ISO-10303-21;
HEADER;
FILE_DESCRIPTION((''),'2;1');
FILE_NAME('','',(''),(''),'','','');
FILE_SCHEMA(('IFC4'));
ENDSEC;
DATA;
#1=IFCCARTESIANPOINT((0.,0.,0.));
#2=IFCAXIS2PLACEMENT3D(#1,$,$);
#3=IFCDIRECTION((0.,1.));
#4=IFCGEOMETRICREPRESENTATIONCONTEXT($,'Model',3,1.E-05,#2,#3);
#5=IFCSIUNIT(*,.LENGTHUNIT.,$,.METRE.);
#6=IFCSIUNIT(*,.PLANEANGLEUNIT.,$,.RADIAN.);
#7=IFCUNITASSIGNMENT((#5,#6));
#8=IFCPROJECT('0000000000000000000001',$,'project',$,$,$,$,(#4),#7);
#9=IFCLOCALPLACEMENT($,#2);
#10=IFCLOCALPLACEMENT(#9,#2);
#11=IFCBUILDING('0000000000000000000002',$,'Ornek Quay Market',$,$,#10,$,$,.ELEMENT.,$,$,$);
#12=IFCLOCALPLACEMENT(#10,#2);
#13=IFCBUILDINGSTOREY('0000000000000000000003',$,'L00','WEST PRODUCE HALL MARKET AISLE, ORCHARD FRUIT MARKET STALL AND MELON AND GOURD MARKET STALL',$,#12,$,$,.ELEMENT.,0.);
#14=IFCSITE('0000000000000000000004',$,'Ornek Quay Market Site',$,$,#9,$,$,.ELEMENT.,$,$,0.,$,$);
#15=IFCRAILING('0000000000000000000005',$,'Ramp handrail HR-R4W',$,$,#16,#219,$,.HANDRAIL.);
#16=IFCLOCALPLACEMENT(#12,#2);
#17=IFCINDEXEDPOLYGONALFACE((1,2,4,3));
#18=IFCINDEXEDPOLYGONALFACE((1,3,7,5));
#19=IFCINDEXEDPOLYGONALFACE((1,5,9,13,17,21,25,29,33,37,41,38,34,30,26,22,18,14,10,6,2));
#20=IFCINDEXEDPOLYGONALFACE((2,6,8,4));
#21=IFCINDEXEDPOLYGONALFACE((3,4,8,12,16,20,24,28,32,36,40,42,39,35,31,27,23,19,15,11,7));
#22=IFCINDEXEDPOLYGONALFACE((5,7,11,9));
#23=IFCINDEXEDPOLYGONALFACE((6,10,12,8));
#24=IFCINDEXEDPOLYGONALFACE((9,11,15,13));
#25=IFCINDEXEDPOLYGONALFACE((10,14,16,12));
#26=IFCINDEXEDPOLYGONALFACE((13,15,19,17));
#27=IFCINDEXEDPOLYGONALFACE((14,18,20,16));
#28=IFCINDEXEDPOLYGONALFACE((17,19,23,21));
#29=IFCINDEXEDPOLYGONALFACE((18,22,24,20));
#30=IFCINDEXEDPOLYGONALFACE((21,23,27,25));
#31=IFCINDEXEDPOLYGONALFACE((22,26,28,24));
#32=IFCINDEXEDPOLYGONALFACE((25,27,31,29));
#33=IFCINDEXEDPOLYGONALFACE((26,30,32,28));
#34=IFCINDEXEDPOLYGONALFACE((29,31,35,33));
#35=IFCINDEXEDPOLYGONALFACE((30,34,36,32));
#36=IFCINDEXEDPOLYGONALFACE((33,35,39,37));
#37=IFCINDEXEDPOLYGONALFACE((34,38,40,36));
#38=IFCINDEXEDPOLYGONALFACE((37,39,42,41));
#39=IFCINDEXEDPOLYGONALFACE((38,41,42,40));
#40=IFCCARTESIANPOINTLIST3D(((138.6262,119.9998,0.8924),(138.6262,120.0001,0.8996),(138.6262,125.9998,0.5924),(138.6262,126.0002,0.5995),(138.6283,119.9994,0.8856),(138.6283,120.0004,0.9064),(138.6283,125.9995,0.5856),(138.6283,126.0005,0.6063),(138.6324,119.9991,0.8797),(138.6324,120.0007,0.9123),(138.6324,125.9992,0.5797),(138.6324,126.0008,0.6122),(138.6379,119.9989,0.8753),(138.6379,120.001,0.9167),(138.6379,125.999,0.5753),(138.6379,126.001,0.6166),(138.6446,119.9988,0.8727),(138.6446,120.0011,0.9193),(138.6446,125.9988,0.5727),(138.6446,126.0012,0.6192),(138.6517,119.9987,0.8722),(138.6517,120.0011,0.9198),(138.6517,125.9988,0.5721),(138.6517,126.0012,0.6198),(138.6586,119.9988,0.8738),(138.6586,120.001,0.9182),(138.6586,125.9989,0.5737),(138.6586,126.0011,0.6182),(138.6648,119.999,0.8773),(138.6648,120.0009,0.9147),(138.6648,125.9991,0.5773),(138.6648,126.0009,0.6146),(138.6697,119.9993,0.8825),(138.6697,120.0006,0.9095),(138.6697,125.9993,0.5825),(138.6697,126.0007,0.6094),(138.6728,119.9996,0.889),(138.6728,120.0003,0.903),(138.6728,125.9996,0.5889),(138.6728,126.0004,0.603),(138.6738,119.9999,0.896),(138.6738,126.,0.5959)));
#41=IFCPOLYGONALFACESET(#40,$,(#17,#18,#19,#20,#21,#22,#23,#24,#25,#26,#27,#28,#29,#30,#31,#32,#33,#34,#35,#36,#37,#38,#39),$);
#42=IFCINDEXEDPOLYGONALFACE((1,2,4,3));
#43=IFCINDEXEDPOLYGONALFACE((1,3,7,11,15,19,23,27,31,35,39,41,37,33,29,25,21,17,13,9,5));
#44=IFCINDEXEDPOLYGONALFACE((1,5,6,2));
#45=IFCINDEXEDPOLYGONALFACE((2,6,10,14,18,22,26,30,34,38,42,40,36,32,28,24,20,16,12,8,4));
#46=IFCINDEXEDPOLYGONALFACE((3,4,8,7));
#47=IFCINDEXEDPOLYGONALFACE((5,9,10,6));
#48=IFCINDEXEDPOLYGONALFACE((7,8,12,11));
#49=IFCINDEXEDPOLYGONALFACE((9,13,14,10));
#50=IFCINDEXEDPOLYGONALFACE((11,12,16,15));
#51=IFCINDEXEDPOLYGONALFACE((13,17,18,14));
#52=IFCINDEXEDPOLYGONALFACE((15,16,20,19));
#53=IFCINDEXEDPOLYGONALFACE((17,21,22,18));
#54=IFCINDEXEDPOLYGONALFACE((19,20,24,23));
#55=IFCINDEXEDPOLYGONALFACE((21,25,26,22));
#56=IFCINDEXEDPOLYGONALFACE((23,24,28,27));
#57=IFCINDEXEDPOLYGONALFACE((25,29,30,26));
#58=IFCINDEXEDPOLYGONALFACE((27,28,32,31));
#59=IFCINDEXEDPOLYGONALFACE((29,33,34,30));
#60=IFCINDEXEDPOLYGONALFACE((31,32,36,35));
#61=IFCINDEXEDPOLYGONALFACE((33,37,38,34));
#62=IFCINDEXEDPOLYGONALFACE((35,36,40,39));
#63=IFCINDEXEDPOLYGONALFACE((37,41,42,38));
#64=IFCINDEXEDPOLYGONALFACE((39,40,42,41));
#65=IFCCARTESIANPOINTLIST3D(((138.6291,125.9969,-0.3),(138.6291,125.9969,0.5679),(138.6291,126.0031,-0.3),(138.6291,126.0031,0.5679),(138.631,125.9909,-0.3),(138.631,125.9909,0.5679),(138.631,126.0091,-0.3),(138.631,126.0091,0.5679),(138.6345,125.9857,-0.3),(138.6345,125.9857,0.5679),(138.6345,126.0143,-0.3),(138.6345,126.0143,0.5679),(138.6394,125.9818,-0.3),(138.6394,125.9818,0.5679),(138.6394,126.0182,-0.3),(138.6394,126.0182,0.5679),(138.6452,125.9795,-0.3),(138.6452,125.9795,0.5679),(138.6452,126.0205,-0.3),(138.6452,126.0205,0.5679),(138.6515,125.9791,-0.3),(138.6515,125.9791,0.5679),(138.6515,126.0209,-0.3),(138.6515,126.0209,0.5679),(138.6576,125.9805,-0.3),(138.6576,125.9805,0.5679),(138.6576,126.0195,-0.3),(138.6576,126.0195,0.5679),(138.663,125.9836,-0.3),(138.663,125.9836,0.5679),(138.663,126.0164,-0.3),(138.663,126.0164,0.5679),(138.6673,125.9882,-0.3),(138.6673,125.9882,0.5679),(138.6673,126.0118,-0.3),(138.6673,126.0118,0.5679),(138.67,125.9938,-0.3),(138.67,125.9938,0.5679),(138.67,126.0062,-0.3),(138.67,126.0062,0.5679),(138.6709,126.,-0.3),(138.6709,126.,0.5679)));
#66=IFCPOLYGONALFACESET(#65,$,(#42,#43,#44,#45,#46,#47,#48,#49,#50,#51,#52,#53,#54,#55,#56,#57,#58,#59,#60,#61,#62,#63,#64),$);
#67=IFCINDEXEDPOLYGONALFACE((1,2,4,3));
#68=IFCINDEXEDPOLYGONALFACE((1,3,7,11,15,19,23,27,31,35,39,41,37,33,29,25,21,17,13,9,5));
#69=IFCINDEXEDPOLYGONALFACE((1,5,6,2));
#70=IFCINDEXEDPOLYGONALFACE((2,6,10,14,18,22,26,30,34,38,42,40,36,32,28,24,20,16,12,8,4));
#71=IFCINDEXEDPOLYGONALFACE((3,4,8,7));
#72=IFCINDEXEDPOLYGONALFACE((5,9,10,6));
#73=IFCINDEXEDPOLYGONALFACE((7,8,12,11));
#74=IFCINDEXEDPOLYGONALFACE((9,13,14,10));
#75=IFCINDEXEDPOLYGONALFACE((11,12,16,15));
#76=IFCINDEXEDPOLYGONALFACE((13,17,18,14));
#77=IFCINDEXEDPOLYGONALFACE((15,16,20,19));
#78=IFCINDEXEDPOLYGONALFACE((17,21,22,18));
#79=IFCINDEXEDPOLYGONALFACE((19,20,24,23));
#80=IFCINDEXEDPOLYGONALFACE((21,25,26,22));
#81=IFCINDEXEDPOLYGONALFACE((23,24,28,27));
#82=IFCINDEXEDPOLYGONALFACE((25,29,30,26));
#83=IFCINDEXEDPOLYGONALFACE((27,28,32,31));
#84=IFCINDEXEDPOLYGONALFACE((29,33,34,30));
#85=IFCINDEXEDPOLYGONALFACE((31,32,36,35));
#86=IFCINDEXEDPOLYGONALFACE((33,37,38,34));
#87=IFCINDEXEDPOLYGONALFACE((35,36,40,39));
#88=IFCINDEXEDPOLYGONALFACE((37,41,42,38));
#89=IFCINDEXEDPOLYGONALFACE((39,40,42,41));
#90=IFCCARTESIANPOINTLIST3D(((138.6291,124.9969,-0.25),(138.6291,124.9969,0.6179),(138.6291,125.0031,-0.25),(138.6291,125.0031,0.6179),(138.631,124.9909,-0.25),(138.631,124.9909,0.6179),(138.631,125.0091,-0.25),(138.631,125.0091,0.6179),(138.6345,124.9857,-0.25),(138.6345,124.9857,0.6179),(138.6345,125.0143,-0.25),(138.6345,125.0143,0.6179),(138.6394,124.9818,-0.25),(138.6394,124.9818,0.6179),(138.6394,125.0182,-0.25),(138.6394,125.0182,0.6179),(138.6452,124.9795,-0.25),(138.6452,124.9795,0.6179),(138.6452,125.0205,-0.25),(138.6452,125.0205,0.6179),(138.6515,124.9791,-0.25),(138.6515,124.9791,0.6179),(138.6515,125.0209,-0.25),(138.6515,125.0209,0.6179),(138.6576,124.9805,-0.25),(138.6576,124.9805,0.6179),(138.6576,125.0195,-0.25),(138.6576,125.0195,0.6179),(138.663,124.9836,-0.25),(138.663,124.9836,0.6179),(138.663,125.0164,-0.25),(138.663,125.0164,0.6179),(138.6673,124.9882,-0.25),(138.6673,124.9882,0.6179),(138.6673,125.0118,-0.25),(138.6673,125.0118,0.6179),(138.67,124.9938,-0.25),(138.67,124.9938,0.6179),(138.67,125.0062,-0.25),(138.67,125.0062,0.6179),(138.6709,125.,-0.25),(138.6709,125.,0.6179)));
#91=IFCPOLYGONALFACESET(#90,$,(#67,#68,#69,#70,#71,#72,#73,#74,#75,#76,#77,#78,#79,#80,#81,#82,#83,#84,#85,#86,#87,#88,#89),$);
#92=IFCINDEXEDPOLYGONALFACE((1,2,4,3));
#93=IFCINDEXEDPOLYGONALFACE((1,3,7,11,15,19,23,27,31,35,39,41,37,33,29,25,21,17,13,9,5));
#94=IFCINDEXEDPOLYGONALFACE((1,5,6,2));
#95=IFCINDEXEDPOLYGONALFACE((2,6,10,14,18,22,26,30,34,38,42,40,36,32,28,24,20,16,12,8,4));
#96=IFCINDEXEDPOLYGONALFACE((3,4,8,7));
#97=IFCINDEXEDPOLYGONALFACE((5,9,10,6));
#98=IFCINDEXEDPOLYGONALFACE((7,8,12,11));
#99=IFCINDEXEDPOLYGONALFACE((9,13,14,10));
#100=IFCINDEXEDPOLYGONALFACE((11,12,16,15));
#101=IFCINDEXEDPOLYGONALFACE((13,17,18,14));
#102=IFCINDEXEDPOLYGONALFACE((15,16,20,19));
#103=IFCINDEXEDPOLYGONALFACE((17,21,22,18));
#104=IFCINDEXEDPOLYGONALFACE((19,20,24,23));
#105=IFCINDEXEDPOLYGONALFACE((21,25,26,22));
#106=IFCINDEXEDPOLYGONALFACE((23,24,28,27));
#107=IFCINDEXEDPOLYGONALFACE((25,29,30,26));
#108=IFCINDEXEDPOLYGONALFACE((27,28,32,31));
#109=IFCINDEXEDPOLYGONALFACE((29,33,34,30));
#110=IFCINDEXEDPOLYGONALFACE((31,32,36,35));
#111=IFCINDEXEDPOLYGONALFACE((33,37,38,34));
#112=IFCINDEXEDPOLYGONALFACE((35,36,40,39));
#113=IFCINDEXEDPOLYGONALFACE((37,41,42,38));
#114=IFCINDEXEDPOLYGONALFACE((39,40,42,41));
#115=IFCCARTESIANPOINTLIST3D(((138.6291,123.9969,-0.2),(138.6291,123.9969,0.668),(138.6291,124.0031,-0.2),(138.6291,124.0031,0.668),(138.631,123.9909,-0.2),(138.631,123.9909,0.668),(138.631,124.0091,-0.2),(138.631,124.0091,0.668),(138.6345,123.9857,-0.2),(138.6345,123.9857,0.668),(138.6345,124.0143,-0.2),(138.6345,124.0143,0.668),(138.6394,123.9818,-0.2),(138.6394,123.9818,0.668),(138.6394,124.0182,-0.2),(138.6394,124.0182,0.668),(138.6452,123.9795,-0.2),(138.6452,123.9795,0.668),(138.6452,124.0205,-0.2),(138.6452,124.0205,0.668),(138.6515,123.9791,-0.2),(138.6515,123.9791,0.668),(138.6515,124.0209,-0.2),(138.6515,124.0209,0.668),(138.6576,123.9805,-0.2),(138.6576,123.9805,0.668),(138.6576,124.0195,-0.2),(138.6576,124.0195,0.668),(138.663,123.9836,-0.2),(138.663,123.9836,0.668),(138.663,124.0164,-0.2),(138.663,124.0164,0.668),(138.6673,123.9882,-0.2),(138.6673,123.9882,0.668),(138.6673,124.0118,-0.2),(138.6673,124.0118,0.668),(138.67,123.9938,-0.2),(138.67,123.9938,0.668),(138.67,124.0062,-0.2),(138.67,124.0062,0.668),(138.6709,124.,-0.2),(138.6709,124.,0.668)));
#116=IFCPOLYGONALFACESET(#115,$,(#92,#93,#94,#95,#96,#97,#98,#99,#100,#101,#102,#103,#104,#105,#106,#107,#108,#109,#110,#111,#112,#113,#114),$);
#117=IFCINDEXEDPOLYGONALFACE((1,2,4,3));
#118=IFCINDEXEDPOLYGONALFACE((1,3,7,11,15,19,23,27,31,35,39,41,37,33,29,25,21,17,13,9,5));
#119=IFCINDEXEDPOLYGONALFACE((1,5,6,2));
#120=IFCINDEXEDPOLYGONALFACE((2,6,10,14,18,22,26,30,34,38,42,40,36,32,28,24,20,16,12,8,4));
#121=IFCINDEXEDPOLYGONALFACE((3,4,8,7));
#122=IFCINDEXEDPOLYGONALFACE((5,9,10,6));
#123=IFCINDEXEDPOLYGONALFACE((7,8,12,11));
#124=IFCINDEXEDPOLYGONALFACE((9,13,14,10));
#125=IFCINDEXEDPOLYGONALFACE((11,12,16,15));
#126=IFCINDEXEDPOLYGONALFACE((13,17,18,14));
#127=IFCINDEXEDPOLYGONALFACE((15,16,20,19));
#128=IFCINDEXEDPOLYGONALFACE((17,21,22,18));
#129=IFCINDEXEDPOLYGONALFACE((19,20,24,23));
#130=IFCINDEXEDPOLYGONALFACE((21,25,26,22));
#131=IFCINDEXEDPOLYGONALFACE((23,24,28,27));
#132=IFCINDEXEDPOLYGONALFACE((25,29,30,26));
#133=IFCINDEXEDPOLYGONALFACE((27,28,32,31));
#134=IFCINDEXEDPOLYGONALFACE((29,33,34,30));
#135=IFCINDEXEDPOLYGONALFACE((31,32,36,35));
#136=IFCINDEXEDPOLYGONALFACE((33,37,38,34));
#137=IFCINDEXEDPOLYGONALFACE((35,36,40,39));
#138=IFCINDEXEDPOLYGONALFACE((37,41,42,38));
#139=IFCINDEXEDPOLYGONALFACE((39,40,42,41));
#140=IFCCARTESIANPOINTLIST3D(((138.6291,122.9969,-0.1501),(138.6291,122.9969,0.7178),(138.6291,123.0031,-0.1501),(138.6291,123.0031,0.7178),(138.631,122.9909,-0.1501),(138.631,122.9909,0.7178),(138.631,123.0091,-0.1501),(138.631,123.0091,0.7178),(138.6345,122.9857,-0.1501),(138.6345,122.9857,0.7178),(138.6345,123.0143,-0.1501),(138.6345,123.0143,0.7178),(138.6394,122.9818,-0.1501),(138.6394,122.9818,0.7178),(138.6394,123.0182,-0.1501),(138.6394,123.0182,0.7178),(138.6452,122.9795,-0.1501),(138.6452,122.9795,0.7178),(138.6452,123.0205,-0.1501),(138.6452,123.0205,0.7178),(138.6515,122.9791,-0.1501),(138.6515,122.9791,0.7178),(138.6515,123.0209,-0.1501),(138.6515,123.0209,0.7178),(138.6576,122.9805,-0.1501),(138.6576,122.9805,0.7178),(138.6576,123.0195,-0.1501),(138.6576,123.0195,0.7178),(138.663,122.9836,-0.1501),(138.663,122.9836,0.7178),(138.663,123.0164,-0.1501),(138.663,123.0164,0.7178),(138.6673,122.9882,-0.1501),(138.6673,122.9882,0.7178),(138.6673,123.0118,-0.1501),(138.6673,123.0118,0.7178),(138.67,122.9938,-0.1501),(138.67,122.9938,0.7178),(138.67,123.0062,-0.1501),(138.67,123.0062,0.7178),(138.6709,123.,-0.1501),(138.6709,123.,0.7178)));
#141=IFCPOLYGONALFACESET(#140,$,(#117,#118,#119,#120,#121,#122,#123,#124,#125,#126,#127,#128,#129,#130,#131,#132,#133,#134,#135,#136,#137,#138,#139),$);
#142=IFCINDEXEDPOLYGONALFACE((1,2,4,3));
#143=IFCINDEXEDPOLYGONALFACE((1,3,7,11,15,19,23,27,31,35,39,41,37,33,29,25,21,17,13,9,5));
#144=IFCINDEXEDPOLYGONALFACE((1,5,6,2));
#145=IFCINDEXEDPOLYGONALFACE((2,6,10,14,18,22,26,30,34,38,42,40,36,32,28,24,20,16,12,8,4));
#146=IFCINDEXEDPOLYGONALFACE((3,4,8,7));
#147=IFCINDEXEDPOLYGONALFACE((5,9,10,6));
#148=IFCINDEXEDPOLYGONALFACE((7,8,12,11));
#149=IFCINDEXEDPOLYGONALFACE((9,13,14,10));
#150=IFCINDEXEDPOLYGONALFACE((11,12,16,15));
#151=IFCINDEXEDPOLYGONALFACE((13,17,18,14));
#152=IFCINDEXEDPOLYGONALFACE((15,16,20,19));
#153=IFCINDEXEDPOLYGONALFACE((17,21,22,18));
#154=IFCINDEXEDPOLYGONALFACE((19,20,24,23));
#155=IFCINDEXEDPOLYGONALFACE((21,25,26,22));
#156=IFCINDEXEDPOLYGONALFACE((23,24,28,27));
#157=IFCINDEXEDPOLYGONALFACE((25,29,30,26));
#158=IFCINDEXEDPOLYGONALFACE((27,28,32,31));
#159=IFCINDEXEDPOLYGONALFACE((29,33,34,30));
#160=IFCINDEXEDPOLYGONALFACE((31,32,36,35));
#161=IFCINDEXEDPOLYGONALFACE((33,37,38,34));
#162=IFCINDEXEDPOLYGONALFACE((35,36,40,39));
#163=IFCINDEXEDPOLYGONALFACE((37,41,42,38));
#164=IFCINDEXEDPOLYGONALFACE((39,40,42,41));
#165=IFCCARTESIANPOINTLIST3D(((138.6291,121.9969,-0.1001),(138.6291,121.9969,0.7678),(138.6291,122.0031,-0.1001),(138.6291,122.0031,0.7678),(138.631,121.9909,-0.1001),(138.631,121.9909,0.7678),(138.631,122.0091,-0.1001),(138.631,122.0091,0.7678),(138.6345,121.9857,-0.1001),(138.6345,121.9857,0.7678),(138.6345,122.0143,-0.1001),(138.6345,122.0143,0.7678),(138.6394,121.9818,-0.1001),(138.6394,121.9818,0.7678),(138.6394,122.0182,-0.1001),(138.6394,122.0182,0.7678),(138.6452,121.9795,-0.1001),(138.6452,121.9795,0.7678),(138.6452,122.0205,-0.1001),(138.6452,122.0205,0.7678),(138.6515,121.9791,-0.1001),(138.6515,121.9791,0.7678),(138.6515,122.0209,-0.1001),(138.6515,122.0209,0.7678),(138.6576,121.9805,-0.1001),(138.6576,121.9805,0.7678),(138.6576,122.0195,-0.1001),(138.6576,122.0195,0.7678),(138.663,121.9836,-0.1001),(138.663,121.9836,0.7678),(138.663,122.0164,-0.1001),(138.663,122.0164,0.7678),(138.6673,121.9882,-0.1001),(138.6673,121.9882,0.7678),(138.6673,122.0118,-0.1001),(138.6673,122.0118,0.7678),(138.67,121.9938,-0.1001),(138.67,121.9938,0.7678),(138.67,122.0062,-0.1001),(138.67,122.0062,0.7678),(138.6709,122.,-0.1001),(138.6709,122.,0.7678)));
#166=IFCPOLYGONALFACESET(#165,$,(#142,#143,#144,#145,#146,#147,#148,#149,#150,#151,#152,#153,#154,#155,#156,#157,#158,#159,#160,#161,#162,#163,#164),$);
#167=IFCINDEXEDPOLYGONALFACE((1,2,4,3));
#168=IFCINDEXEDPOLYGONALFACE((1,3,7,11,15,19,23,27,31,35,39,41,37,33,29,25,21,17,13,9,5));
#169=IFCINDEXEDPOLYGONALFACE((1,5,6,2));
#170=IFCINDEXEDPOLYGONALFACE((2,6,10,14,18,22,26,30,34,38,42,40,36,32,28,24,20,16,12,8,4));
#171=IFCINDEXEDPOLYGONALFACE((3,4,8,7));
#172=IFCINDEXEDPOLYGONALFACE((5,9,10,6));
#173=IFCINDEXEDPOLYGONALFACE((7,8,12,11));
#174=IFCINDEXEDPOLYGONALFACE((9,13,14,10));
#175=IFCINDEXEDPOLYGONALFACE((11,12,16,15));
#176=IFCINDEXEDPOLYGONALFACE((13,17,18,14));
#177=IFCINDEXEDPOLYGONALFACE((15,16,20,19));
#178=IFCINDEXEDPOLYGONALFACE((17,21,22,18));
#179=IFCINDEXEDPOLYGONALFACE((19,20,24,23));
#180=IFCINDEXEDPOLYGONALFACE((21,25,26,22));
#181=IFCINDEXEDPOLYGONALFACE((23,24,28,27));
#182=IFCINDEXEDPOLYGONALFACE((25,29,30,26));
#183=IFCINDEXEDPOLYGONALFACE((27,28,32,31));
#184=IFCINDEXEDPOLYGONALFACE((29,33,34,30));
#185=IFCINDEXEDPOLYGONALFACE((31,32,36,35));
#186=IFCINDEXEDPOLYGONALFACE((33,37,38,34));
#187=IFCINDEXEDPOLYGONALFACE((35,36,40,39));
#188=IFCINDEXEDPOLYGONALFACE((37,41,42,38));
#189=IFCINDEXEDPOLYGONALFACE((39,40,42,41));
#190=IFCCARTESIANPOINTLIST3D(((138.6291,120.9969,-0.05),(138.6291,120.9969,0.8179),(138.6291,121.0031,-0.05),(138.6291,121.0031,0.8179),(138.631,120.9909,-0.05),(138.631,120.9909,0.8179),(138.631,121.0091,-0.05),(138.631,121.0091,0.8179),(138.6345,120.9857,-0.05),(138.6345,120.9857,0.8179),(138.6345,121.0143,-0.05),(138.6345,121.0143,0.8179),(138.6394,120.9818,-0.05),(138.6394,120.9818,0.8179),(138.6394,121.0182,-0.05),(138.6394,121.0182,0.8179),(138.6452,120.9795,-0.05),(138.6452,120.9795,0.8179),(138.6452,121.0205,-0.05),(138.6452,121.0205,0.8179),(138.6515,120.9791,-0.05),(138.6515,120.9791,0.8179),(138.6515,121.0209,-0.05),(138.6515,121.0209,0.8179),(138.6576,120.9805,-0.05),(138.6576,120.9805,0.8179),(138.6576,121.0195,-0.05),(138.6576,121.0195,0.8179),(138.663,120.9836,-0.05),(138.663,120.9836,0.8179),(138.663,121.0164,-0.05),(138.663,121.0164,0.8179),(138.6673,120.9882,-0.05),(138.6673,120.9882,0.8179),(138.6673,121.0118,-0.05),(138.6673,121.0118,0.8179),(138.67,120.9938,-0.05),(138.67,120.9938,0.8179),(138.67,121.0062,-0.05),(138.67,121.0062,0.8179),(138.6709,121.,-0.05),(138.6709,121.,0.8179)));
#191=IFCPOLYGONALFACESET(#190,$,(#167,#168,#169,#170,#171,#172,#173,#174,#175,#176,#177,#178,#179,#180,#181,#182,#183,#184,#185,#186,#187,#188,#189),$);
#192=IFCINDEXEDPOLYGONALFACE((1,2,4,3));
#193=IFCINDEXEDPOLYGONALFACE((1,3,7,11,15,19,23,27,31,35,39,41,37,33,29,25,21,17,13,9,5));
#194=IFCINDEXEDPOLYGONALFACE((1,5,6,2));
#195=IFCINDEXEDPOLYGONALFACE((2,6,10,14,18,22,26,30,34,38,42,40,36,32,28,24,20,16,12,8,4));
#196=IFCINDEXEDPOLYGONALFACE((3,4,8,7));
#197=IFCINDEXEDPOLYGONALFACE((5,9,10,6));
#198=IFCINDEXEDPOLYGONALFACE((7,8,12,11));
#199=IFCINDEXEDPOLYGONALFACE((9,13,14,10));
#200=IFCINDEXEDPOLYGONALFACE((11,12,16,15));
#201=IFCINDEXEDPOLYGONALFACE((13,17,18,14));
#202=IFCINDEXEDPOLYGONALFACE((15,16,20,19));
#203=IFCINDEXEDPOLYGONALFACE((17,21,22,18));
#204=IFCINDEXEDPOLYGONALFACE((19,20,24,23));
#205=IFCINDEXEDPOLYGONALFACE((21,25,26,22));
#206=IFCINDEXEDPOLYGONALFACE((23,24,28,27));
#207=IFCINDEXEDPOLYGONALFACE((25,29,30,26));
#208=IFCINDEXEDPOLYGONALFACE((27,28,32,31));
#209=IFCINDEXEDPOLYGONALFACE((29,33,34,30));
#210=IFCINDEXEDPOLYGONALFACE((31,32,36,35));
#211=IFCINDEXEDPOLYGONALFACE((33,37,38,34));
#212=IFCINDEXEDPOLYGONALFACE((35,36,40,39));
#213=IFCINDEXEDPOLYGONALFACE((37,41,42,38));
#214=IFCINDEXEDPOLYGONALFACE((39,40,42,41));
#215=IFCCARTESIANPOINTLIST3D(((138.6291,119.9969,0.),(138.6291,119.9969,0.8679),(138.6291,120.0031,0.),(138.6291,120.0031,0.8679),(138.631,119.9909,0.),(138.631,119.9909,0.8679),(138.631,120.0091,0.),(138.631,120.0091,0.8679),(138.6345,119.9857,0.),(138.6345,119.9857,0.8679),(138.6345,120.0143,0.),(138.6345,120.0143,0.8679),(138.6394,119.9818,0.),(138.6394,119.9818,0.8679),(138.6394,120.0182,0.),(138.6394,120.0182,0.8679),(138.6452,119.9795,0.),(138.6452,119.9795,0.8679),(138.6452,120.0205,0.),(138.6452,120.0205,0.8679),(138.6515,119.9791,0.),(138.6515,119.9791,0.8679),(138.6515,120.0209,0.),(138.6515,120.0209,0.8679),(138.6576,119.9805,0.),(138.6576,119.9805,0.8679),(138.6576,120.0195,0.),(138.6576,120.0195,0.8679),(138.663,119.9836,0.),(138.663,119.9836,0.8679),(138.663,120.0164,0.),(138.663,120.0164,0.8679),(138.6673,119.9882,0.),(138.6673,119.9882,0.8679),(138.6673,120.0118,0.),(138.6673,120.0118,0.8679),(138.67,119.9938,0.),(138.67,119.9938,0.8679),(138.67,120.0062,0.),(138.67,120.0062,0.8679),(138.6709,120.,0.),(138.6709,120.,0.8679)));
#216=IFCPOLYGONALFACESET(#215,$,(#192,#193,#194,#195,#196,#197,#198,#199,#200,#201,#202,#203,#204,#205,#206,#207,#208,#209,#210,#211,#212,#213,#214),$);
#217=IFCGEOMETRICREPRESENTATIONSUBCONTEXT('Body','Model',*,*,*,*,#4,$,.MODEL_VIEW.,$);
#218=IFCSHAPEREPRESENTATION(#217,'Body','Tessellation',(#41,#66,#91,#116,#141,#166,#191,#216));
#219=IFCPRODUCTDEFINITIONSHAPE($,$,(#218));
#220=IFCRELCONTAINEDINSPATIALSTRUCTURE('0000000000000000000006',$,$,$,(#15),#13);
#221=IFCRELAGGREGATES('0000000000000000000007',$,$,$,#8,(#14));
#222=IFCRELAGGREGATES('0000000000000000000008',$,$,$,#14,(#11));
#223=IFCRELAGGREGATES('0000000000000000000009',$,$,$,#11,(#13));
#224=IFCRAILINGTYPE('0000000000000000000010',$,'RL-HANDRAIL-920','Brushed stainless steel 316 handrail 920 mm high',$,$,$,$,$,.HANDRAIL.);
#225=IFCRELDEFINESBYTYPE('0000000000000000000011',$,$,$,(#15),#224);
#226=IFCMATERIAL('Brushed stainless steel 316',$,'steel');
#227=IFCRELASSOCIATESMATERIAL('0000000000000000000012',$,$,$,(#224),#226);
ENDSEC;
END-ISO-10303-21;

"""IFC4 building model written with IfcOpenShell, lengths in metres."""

from ifc_helpers import new_model, si_unit, direction, frame, origin, origin_2d, place, context, subcontext, project, spatial, circle, extrude, material, type_object, element, save


model = new_model("IFC4")

# Units and contexts
model_context = context("Model", 3, precision=1e-05, world=origin(), true_north=direction((0.0, 1.0)))
body_context = subcontext(model_context, "Body", "Model", "MODEL_VIEW")
ifc_project = project(units=[si_unit("LENGTHUNIT", "METRE"), si_unit("PLANEANGLEUNIT", "RADIAN")], contexts=[model_context])

# Site, building, storey
site_placement = place(None, origin())
site = spatial("IfcSite", under=ifc_project, at=site_placement, Name="Ornek Quay Market Site", CompositionType="ELEMENT", RefElevation=0.0)
building_placement = place(site_placement, origin())
building = spatial("IfcBuilding", under=site, at=building_placement, Name="Ornek Quay Market", CompositionType="ELEMENT")
storey_placement = place(building_placement, origin())
storey = spatial("IfcBuildingStorey", under=building, at=storey_placement, Name="L00", Description="WEST PRODUCE HALL MARKET AISLE, ORCHARD FRUIT MARKET STALL AND MELON AND GOURD MARKET STALL", CompositionType="ELEMENT", Elevation=0.0)

# Railing
ifc_material_1 = material(Name="Brushed stainless steel 316", Category="steel")
railing_type = type_object("IfcRailingType", Name="RL-HANDRAIL-920", Description="Brushed stainless steel 316 handrail 920 mm high", PredefinedType="HANDRAIL", material=ifc_material_1)
for number, where, name in (
    (1, (138.6499, 126.0, -0.3), "Ramp handrail HR-R4W"),
):
    element("IfcRailing", number, at=place(storey_placement, frame(where)), inside=storey, type_object=railing_type, Name=name, PredefinedType="HANDRAIL", context=body_context, shape_type="SweptSolid", body=[
        extrude(circle(Radius=0.0239, at=origin_2d()), frame((0.0, 0.0, 0.896), z_axis=(0.0, -0.998752, 0.049946), x_axis=(1.0, 0.0, 0.0)), (0.0, 0.0, 1.0), 6.0076),
        extrude(circle(Radius=0.021, at=origin_2d()), origin(), (0.0, 0.0, 1.0), 0.8679),
        extrude(circle(Radius=0.021, at=origin_2d()), frame((0.0, -1.0, 0.05)), (0.0, 0.0, 1.0), 0.8679),
        extrude(circle(Radius=0.021, at=origin_2d()), frame((0.0, -2.0, 0.1001)), (0.0, 0.0, 1.0), 0.8679),
        extrude(circle(Radius=0.021, at=origin_2d()), frame((0.0, -3.0, 0.1499)), (0.0, 0.0, 1.0), 0.8679),
        extrude(circle(Radius=0.021, at=origin_2d()), frame((0.0, -4.0, 0.2)), (0.0, 0.0, 1.0), 0.8679),
        extrude(circle(Radius=0.021, at=origin_2d()), frame((0.0, -5.0, 0.25)), (0.0, 0.0, 1.0), 0.8679),
        extrude(circle(Radius=0.021, at=origin_2d()), frame((0.0, -6.0, 0.3)), (0.0, 0.0, 1.0), 0.8679),
    ])

save(model, "model.ifc")
